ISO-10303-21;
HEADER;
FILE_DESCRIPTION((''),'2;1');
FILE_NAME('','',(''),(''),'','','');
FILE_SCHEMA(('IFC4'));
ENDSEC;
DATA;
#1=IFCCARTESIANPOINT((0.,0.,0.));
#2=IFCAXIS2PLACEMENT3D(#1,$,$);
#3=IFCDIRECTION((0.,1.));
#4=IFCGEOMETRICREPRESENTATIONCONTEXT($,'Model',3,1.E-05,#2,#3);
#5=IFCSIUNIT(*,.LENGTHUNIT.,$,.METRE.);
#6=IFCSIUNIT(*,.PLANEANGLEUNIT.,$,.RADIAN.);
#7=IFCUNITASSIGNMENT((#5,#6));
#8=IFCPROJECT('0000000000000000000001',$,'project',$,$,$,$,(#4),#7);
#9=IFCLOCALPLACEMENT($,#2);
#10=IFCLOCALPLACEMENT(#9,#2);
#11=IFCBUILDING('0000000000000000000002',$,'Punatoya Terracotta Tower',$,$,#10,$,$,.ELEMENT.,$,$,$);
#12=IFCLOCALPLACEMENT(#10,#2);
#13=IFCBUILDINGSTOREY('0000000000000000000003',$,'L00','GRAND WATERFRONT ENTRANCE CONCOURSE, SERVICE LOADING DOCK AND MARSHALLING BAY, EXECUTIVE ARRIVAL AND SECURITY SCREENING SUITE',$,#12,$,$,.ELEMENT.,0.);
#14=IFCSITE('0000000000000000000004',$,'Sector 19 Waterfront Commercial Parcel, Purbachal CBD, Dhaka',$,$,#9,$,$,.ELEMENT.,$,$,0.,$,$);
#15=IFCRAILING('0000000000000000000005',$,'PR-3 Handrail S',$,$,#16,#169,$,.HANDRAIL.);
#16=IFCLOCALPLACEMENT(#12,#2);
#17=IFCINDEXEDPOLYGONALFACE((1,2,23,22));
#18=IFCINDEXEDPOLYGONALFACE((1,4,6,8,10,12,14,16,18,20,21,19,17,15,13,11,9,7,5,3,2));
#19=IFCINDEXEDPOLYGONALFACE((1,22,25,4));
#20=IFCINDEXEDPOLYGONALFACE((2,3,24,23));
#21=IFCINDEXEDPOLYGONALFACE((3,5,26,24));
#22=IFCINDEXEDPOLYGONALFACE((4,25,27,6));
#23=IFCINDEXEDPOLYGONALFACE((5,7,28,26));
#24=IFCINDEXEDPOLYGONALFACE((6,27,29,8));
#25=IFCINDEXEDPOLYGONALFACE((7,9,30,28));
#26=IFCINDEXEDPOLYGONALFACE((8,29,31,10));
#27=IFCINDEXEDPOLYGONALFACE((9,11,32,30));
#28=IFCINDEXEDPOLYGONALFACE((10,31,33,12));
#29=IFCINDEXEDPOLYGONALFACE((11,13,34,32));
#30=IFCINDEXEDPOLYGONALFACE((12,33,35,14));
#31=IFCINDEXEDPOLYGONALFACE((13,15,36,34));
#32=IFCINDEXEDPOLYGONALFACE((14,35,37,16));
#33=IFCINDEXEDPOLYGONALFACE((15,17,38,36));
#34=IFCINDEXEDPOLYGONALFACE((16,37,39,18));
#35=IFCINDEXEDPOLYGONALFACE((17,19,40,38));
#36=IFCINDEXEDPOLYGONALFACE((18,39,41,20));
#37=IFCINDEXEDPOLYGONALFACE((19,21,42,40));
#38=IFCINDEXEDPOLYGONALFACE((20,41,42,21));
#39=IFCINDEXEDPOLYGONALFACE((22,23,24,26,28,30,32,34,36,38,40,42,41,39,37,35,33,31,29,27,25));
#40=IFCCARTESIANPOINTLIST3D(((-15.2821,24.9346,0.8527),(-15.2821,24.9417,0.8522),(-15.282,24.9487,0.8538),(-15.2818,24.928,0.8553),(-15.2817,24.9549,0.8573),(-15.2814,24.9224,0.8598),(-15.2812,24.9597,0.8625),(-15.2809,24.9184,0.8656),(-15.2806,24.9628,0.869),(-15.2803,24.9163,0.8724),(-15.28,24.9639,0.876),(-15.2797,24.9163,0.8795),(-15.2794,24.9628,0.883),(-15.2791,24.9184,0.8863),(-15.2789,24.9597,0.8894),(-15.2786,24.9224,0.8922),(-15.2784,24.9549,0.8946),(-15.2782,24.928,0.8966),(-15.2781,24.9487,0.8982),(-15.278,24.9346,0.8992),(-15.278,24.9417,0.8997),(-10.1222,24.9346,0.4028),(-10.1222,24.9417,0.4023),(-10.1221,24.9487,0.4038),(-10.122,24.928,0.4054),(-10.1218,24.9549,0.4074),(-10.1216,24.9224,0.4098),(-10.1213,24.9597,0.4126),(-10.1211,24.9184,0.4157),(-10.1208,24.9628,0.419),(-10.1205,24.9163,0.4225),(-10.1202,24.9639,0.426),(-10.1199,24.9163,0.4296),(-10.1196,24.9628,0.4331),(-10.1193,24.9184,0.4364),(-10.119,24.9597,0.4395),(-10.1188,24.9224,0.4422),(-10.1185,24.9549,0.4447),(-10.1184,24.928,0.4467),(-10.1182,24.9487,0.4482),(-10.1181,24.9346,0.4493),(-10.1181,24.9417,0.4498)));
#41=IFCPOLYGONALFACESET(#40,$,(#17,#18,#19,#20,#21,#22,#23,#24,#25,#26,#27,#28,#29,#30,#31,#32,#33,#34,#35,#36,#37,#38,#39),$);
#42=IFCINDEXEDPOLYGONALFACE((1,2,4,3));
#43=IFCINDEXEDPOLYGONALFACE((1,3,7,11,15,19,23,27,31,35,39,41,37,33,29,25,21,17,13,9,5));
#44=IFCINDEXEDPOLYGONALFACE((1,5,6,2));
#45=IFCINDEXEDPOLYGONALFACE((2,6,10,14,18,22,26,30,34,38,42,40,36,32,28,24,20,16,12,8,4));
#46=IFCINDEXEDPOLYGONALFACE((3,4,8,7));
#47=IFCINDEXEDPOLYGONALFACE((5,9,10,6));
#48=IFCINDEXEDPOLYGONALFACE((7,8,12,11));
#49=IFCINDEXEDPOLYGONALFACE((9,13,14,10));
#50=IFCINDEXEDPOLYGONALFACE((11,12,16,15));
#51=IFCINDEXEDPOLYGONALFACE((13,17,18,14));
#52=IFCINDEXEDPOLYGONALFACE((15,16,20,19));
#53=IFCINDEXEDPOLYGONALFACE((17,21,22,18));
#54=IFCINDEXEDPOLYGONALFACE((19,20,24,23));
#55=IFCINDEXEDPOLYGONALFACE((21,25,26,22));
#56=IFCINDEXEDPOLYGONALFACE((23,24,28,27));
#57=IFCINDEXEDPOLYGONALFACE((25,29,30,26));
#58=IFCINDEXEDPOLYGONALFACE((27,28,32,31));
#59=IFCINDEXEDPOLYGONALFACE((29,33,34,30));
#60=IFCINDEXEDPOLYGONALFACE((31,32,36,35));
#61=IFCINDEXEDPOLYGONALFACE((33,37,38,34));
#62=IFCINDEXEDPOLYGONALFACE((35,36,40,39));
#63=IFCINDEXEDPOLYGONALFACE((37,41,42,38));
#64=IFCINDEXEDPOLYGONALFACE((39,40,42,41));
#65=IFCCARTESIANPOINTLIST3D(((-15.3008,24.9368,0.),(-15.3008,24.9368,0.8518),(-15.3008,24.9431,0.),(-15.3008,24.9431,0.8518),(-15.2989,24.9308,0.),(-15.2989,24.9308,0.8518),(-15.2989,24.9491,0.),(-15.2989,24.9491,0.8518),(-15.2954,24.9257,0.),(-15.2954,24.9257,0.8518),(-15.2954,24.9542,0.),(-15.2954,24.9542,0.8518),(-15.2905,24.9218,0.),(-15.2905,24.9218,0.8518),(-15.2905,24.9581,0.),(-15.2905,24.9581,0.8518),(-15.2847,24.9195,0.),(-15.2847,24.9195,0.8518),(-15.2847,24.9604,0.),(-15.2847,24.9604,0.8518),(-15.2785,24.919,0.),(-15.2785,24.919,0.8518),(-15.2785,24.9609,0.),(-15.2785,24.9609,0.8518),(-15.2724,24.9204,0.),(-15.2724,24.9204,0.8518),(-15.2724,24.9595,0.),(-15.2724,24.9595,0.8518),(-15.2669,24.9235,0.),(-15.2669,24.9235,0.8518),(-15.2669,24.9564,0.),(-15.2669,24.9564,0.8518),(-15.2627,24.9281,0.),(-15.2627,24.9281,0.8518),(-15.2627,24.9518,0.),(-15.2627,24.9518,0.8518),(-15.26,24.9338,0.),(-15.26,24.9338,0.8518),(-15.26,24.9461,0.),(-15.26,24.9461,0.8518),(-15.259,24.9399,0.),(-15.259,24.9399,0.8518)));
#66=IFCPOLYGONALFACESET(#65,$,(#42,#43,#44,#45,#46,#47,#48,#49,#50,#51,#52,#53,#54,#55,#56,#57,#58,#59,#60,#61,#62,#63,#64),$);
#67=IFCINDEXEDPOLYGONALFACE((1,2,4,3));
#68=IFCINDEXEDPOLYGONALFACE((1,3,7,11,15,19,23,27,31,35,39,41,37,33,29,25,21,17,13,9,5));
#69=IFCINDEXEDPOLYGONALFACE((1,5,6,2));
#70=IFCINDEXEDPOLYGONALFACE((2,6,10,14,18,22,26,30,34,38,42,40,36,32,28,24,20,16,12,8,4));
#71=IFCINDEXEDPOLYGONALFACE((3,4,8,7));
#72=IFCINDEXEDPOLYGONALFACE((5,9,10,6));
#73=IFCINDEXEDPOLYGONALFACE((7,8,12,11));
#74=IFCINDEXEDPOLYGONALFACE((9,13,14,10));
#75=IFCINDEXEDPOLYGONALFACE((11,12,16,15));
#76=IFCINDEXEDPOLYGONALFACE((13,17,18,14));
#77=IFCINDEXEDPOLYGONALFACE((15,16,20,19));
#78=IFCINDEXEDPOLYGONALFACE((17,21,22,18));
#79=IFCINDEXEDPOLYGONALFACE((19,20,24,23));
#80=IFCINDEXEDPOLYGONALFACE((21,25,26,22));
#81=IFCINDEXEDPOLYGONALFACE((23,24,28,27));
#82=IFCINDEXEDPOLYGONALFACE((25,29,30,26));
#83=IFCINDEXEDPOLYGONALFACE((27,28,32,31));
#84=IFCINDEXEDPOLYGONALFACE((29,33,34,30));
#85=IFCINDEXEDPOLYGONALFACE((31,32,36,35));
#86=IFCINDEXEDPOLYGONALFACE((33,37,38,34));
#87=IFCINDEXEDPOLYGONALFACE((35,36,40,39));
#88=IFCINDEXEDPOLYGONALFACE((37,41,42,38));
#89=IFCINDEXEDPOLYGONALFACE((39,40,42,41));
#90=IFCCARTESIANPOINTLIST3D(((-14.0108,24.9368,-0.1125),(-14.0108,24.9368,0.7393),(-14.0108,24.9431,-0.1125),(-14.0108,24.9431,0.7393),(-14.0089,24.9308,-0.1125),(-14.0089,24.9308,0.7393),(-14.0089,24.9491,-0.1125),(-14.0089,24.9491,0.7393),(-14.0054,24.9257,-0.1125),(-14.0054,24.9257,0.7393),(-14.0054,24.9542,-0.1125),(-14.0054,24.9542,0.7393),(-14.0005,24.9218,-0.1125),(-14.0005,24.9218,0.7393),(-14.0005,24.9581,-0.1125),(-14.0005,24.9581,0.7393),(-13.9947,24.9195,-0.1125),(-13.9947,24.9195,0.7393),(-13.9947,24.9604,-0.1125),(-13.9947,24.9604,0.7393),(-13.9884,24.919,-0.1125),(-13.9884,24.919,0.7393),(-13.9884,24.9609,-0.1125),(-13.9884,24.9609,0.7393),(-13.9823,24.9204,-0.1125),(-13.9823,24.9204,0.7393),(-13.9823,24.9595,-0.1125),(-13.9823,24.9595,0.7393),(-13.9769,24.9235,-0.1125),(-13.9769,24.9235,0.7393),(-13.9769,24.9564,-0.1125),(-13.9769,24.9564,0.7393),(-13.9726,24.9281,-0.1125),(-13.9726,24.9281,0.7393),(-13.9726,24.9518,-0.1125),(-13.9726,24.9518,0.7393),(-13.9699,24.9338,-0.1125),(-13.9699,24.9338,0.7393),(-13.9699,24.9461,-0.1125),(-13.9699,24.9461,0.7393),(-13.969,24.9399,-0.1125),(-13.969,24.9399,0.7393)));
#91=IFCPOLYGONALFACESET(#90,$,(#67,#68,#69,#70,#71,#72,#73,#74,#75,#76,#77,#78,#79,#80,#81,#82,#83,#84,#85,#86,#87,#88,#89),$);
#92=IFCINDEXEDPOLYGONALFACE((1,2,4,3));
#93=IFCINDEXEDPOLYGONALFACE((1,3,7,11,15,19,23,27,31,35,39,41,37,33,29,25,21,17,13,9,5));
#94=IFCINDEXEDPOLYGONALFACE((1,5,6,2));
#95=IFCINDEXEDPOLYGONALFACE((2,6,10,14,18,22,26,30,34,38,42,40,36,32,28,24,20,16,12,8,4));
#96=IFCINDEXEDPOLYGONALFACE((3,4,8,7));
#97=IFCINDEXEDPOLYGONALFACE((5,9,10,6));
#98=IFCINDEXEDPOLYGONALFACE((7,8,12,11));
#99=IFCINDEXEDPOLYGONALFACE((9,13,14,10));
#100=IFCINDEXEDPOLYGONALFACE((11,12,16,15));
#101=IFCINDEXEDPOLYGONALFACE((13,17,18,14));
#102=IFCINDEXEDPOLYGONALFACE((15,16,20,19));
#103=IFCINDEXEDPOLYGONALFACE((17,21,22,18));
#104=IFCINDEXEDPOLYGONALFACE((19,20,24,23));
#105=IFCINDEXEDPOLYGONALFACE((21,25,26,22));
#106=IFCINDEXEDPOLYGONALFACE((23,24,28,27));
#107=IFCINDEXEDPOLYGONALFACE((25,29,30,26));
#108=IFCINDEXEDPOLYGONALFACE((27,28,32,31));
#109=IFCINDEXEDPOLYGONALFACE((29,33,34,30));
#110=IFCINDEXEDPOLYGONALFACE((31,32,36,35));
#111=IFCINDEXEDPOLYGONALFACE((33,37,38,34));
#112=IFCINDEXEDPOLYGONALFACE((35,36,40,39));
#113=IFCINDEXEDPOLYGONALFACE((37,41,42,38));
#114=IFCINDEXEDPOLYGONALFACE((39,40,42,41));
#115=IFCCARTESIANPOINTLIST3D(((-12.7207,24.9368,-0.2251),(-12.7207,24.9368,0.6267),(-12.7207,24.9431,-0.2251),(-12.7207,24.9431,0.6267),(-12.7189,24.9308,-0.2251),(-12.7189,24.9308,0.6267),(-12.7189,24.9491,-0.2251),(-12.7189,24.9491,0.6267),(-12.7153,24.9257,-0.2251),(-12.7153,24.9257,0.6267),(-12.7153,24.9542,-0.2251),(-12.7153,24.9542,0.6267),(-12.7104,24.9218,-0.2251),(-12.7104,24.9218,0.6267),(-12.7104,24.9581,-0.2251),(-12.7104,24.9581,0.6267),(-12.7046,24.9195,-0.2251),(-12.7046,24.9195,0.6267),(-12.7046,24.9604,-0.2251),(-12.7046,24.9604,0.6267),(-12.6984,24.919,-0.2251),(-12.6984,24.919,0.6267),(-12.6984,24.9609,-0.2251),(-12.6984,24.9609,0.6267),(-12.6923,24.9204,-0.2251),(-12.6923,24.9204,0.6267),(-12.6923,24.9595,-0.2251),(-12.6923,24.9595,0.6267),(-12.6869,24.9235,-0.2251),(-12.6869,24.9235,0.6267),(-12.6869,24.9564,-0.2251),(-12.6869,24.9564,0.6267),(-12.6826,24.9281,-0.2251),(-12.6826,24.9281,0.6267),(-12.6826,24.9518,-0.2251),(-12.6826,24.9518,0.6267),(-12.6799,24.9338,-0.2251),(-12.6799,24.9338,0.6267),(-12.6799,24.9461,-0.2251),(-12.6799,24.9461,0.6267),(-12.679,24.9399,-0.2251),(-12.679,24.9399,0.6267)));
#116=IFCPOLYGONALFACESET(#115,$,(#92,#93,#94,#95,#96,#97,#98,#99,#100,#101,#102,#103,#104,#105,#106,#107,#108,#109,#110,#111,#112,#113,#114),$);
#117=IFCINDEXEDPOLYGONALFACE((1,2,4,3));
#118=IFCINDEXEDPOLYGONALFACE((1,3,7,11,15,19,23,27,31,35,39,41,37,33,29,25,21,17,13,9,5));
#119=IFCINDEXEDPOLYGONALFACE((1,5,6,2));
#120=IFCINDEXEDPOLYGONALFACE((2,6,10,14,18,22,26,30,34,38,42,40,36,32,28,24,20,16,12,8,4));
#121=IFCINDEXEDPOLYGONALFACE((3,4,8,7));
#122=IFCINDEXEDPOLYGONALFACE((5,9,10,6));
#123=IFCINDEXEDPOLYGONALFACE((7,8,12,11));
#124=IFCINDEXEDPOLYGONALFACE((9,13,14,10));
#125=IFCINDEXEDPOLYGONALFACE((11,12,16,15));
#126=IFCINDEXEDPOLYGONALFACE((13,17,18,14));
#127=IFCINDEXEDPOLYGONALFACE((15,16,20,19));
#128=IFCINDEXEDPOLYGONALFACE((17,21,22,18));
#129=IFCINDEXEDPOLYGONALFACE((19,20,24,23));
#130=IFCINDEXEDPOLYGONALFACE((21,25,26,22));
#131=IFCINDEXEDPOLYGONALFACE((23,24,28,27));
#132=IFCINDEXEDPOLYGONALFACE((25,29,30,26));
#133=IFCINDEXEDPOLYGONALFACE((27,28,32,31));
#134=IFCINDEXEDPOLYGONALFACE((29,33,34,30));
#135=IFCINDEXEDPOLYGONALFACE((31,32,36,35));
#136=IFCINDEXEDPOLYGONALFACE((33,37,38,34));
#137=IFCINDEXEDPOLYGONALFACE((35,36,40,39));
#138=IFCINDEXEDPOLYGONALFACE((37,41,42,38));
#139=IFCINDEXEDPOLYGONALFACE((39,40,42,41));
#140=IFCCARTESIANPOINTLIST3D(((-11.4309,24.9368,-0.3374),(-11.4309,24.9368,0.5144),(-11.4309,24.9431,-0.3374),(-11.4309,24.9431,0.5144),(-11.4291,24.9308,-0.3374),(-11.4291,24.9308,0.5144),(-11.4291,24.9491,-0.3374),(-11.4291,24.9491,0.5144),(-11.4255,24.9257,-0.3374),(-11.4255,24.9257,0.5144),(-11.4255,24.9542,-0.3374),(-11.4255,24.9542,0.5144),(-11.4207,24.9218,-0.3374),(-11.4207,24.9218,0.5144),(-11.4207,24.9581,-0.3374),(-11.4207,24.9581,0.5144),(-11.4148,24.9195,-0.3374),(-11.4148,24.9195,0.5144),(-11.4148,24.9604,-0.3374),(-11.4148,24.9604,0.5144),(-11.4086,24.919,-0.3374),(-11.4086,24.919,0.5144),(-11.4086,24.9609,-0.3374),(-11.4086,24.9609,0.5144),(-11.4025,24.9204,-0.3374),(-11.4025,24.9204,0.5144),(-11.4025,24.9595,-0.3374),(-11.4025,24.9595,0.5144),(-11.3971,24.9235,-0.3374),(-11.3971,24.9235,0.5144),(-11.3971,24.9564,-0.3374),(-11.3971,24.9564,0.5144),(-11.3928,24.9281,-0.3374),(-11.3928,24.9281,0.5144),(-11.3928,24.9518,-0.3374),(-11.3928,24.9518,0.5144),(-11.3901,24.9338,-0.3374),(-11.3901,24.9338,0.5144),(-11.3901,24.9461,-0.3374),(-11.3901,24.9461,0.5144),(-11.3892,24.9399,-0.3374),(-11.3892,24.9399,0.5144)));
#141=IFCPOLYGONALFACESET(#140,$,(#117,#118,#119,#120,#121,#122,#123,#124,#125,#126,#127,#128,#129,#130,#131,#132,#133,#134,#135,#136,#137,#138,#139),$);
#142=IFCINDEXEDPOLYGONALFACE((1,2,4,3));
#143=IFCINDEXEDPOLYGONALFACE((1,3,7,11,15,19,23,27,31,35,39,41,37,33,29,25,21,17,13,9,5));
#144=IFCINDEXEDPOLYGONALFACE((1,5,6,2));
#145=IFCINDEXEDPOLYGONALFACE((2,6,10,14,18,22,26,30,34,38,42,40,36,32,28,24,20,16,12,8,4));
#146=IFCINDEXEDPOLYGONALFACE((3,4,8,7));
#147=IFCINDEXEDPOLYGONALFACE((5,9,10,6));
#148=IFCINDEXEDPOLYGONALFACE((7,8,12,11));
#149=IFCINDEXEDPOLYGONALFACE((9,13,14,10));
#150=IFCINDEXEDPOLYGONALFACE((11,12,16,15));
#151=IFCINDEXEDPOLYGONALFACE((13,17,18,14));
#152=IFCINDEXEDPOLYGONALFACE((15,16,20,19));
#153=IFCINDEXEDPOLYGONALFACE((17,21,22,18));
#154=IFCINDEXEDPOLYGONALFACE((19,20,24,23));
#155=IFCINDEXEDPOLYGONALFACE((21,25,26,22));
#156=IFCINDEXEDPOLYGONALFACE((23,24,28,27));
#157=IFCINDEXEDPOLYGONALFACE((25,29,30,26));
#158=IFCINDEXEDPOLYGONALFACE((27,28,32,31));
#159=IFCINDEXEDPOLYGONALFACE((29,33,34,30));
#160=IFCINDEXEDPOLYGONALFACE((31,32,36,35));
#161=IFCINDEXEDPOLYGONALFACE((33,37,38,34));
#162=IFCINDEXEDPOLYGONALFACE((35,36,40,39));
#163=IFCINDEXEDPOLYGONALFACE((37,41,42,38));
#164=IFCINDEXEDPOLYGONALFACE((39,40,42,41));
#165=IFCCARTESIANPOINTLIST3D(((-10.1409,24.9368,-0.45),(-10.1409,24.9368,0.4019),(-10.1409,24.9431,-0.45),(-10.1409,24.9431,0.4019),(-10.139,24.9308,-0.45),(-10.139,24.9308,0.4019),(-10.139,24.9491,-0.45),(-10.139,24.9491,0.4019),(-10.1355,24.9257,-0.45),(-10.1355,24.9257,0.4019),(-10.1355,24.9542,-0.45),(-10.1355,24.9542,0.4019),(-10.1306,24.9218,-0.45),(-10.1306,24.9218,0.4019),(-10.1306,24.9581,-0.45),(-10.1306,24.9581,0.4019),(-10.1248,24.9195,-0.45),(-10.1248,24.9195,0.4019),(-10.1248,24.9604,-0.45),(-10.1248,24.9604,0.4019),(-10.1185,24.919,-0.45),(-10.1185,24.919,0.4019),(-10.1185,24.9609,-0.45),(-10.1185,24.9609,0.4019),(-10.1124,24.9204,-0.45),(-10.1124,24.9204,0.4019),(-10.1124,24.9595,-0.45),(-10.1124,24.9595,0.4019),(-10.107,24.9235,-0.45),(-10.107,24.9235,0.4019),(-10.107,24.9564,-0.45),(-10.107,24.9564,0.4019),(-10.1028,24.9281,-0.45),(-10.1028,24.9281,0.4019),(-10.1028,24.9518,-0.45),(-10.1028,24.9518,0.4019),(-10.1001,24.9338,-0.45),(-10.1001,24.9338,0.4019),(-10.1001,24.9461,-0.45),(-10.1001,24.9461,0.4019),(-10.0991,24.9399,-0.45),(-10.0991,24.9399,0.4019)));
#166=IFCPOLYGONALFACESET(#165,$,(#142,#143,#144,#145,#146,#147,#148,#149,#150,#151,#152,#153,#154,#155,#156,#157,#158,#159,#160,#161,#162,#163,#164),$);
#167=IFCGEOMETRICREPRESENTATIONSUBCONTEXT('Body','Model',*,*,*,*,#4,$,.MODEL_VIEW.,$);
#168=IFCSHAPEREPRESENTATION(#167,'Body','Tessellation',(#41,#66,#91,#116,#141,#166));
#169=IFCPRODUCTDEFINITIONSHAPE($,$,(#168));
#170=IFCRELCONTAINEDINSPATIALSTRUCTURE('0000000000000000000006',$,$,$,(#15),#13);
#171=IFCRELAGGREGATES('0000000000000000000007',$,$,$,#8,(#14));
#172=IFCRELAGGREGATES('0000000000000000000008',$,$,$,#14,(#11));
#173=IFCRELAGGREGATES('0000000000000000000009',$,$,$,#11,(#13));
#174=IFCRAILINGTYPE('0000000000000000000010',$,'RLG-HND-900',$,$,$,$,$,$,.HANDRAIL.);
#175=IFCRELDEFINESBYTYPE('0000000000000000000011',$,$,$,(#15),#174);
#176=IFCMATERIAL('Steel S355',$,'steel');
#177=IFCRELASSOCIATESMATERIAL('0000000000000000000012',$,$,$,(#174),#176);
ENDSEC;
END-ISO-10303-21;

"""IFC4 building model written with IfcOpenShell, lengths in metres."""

from ifc_helpers import new_model, si_unit, direction, frame, origin, origin_2d, place, context, subcontext, project, spatial, circle, extrude, material, type_object, element, save


model = new_model("IFC4")

# Units and contexts
model_context = context("Model", 3, precision=1e-05, world=origin(), true_north=direction((0.0, 1.0)))
body_context = subcontext(model_context, "Body", "Model", "MODEL_VIEW")
ifc_project = project(units=[si_unit("LENGTHUNIT", "METRE"), si_unit("PLANEANGLEUNIT", "RADIAN")], contexts=[model_context])

# Site, building, storey
site_placement = place(None, origin())
site = spatial("IfcSite", under=ifc_project, at=site_placement, Name="Sector 19 Waterfront Commercial Parcel, Purbachal CBD, Dhaka", CompositionType="ELEMENT", RefElevation=0.0)
building_placement = place(site_placement, origin())
building = spatial("IfcBuilding", under=site, at=building_placement, Name="Punatoya Terracotta Tower", CompositionType="ELEMENT")
storey_placement = place(building_placement, origin())
storey = spatial("IfcBuildingStorey", under=building, at=storey_placement, Name="L00", Description="GRAND WATERFRONT ENTRANCE CONCOURSE, SERVICE LOADING DOCK AND MARSHALLING BAY, EXECUTIVE ARRIVAL AND SECURITY SCREENING SUITE", CompositionType="ELEMENT", Elevation=0.0)

# Shared definitions
ifc_material_1 = material(Name="Steel S355", Category="steel")

# Railing
railing_type_1 = type_object("IfcRailingType", Name="RLG-HND-900", PredefinedType="HANDRAIL", material=ifc_material_1)
railing_1_placement = place(storey_placement, frame((-15.28, 24.9399, 0.0)))
element("IfcRailing", 1, at=railing_1_placement, inside=storey, type_object=railing_type_1, Name="PR-3 Handrail S", PredefinedType="HANDRAIL", context=body_context, shape_type="SweptSolid", body=[
    extrude(circle(Radius=0.0239, at=origin_2d()), frame((0.0, 0.0, 0.876), z_axis=(0.99622, 0.0, -0.086872), x_axis=(0.0, 1.0, 0.0)), (0.0, 0.0, 1.0), 5.1794),
    extrude(circle(Radius=0.021, at=origin_2d()), origin(), (0.0, 0.0, 1.0), 0.8518),
    extrude(circle(Radius=0.021, at=origin_2d()), frame((1.29, 0.0, -0.1125)), (0.0, 0.0, 1.0), 0.8518),
    extrude(circle(Radius=0.021, at=origin_2d()), frame((2.5801, 0.0, -0.2251)), (0.0, 0.0, 1.0), 0.8518),
    extrude(circle(Radius=0.021, at=origin_2d()), frame((3.8699, 0.0, -0.3374)), (0.0, 0.0, 1.0), 0.8518),
    extrude(circle(Radius=0.021, at=origin_2d()), frame((5.1599, 0.0, -0.45)), (0.0, 0.0, 1.0), 0.8518),
])

save(model, "model.ifc")
